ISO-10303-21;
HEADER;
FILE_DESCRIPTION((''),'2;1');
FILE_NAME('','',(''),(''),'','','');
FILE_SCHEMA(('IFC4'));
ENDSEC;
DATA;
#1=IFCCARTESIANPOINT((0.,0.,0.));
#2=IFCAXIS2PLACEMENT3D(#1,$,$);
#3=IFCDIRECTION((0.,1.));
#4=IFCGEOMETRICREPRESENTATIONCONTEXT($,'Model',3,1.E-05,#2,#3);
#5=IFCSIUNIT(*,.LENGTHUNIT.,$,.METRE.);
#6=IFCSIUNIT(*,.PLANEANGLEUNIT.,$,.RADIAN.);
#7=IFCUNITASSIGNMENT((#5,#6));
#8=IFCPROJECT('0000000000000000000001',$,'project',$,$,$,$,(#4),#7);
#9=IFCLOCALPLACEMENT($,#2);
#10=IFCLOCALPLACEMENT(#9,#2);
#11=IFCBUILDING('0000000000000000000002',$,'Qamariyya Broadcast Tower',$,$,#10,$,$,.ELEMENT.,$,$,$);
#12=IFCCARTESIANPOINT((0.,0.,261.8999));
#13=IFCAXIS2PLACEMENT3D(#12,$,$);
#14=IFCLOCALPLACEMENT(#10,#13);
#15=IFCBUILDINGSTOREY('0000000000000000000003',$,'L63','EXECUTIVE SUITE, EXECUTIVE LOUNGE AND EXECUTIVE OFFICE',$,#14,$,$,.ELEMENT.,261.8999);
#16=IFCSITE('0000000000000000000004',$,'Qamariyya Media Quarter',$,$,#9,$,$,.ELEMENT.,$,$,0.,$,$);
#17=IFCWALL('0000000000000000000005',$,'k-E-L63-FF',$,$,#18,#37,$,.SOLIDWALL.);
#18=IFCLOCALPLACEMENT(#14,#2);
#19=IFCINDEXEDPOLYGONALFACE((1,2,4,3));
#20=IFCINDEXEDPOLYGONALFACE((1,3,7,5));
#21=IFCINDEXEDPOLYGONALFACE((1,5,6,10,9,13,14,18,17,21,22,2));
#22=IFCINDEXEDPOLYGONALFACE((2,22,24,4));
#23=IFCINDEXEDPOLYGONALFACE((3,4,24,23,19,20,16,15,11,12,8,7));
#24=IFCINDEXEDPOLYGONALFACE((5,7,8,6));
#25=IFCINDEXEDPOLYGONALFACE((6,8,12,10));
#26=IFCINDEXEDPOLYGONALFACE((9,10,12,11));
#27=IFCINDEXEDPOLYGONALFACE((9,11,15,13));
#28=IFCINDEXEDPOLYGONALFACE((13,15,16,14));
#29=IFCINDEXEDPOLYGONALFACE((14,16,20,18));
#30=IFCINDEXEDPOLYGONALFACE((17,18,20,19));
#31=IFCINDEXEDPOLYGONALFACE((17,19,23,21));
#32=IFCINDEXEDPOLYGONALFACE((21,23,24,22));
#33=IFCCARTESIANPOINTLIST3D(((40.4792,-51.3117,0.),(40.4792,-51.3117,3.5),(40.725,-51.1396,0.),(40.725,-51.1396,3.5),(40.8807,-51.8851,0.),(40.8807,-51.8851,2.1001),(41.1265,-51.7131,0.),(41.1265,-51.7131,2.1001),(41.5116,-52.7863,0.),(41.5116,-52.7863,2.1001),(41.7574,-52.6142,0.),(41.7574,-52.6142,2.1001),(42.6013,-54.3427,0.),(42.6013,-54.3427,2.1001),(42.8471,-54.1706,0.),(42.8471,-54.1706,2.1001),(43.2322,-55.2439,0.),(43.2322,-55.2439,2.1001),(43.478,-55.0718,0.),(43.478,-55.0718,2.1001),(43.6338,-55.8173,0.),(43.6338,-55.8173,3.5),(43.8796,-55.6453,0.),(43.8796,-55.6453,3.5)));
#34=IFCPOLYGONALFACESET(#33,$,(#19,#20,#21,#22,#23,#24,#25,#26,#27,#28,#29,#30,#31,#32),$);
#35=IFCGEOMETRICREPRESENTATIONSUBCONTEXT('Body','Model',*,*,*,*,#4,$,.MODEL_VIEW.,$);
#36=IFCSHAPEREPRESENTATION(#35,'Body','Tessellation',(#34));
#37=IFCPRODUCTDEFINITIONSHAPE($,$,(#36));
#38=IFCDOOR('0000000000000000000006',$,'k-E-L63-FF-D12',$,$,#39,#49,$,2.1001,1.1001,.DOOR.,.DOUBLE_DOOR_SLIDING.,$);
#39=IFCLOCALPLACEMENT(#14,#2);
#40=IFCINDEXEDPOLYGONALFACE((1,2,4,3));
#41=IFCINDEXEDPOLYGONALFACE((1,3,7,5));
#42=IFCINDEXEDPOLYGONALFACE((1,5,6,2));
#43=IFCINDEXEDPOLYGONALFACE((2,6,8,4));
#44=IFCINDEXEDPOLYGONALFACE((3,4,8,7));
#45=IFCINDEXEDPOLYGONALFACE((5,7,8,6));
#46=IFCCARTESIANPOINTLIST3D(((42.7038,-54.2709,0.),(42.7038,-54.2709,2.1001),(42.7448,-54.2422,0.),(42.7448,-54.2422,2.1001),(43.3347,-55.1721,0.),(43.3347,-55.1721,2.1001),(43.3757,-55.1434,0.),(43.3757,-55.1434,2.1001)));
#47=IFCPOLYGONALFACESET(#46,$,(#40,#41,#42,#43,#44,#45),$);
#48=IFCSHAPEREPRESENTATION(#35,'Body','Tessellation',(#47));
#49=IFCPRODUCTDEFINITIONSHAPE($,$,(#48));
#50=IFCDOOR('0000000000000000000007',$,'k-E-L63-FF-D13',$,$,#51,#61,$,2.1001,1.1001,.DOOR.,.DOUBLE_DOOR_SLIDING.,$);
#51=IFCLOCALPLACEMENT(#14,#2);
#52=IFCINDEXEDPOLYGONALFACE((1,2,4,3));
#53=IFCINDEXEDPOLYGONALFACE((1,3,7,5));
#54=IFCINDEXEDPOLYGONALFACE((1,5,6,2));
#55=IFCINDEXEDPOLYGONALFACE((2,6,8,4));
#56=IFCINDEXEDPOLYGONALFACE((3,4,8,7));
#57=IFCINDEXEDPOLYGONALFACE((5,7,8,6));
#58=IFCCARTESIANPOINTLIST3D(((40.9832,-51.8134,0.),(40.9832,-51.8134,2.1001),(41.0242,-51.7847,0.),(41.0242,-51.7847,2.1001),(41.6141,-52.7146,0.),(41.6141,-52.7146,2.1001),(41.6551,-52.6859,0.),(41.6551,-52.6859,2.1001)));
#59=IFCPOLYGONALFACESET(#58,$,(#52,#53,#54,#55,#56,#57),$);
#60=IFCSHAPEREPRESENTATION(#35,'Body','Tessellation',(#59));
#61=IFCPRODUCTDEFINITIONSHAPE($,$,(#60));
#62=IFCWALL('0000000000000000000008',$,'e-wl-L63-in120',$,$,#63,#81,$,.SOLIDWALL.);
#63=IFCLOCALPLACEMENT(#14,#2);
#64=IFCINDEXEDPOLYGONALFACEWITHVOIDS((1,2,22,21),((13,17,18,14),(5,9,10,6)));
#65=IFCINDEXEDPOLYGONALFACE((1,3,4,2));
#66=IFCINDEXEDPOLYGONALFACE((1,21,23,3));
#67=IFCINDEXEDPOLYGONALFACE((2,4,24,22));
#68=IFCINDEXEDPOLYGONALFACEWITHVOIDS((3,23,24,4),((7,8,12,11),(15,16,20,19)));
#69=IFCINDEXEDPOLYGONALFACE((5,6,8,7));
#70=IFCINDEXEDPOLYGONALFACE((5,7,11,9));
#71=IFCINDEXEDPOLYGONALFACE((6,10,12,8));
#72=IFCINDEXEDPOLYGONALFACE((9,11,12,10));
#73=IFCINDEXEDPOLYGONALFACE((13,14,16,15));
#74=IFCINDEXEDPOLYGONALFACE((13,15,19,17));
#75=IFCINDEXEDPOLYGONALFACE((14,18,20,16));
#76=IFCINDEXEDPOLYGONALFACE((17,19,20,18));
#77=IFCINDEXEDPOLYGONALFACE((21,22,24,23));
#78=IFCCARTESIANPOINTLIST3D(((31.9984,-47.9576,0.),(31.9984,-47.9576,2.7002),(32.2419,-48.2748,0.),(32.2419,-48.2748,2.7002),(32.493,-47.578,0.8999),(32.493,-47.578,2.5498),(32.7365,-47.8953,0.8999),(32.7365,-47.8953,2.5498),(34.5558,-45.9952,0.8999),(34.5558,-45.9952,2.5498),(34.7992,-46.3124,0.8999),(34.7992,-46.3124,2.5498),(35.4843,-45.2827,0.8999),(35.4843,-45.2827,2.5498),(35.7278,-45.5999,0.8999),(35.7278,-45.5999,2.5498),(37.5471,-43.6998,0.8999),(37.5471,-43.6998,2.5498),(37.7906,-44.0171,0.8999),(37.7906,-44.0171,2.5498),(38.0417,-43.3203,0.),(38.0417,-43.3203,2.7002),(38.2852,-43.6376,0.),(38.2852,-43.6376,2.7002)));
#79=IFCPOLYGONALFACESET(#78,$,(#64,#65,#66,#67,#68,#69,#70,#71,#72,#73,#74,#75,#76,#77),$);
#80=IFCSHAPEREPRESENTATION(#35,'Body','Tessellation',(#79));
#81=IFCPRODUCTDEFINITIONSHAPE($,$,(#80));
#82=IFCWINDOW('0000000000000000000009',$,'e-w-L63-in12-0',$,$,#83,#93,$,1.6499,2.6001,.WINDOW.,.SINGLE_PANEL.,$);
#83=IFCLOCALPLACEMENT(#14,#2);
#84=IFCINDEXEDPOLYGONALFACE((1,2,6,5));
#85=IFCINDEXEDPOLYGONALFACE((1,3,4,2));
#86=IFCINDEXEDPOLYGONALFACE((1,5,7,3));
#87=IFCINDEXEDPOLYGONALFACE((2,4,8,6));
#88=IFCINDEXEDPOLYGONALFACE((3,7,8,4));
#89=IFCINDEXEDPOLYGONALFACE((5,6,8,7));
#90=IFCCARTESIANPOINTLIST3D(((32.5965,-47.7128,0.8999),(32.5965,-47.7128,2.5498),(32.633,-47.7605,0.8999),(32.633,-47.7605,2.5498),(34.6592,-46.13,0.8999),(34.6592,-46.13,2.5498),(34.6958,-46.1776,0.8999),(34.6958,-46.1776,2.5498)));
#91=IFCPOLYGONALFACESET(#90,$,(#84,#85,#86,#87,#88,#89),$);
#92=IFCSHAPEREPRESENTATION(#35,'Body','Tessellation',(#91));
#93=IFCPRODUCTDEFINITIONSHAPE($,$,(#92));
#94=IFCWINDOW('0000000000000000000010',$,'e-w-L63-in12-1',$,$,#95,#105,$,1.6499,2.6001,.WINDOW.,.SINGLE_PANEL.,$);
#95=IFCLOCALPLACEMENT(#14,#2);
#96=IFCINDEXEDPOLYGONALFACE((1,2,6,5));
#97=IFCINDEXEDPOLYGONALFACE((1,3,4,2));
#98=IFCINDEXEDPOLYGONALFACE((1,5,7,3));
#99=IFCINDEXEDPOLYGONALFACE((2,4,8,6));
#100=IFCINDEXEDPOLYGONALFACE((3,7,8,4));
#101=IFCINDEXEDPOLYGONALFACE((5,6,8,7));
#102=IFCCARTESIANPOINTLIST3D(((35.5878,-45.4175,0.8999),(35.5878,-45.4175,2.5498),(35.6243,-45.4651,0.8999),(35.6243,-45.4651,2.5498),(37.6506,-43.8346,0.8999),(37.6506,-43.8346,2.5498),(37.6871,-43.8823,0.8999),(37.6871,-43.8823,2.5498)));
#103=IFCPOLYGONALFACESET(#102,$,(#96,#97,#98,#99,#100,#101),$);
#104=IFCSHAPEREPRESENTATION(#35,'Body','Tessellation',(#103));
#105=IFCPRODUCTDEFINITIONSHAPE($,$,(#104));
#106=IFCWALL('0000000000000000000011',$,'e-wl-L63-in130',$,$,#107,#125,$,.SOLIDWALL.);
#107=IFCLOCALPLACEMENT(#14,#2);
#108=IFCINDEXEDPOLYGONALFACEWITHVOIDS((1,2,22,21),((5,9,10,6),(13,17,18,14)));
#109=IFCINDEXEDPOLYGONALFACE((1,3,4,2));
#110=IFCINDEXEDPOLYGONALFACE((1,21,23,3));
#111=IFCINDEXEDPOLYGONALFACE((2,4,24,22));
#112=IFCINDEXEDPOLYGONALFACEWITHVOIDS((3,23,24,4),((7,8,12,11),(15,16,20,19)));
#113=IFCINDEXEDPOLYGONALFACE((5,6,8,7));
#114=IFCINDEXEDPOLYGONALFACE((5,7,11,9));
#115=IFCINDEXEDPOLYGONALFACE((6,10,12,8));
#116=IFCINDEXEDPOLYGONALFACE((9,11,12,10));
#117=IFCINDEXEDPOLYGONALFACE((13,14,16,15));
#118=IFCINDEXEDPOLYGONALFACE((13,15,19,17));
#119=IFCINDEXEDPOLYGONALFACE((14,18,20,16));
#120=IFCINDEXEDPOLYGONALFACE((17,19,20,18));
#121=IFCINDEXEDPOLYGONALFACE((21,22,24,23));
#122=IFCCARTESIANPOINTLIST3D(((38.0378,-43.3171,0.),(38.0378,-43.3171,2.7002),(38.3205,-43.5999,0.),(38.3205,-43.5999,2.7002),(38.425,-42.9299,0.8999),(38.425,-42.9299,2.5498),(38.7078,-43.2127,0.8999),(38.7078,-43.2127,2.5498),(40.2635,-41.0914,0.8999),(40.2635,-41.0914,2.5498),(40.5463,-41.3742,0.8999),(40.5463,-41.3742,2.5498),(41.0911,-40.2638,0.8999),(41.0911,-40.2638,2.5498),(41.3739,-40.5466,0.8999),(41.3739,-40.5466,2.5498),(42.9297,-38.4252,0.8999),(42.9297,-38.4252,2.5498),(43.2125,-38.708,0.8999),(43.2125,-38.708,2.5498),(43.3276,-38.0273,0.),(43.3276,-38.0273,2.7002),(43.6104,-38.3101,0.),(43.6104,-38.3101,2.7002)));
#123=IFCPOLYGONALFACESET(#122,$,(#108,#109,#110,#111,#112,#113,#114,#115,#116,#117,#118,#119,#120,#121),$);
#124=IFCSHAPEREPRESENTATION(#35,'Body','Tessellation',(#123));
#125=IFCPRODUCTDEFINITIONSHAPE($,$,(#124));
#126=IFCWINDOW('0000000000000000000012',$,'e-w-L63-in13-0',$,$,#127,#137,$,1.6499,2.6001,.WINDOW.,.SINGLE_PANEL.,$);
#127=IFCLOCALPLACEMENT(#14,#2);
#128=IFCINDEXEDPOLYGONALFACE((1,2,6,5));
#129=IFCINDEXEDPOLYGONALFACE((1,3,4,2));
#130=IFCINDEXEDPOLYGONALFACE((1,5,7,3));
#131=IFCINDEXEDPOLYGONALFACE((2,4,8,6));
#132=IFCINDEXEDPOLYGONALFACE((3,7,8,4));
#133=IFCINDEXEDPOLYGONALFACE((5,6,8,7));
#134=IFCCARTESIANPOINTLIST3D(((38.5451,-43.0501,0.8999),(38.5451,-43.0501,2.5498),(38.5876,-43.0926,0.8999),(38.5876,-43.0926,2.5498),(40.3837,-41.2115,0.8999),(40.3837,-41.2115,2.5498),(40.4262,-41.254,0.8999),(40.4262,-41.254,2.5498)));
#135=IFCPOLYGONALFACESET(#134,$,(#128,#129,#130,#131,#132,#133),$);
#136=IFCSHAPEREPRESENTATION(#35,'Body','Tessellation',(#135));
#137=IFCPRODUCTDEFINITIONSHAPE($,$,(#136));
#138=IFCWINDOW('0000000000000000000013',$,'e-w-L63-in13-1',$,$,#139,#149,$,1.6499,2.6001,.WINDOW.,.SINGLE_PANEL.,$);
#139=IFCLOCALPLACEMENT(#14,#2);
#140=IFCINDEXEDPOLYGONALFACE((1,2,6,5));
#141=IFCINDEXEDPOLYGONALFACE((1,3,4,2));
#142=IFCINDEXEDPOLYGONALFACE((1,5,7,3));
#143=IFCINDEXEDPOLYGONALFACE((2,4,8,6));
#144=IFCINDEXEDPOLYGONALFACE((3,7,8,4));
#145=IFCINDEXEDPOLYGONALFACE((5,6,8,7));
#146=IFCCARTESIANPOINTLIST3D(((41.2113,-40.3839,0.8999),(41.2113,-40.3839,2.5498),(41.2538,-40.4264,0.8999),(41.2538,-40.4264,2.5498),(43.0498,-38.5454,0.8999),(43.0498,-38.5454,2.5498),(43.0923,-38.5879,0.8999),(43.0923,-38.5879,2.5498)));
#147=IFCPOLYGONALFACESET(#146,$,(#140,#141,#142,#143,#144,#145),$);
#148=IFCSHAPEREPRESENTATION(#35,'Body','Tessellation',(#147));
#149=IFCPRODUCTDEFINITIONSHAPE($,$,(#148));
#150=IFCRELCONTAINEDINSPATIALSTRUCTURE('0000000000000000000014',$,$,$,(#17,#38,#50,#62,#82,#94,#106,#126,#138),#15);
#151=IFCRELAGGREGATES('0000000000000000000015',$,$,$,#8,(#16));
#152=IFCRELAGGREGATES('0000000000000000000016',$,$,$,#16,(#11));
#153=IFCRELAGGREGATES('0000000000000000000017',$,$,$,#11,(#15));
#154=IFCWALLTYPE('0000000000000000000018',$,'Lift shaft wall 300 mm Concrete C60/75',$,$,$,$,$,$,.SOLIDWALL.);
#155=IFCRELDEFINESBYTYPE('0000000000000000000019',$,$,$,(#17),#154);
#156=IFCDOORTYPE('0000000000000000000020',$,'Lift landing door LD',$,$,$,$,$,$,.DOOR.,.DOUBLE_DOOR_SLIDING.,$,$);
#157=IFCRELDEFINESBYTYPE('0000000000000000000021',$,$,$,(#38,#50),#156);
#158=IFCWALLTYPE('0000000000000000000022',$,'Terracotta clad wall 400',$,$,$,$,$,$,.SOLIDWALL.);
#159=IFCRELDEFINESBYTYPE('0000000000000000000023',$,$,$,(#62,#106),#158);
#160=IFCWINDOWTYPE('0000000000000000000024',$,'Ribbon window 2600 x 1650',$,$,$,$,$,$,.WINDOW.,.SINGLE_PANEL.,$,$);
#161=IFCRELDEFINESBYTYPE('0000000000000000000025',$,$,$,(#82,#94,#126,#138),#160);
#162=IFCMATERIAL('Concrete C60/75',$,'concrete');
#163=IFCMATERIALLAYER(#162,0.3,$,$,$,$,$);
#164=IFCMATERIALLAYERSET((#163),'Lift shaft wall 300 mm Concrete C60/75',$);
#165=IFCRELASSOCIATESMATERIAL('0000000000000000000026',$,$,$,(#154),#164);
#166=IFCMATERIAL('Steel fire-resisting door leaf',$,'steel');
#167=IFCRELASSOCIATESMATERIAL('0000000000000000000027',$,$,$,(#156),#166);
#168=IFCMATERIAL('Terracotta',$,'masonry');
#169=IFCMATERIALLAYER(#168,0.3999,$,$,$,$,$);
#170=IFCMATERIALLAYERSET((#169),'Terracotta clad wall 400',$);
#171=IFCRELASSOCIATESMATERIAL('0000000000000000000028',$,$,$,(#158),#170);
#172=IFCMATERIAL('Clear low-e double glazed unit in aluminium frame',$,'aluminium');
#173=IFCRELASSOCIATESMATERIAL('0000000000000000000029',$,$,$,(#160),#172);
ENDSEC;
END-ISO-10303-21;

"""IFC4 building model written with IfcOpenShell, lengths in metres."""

from ifc_helpers import new_model, si_unit, direction, frame, frame_2d, origin, place, context, subcontext, project, spatial, rectangle, extrude, material, layer, layer_set, type_object, element, fill, save


model = new_model("IFC4")

# Units and contexts
model_context = context("Model", 3, precision=1e-05, world=origin(), true_north=direction((0.0, 1.0)))
body_context = subcontext(model_context, "Body", "Model", "MODEL_VIEW")
ifc_project = project(units=[si_unit("LENGTHUNIT", "METRE"), si_unit("PLANEANGLEUNIT", "RADIAN")], contexts=[model_context])

# Site, building, storey
site_placement = place(None, origin())
site = spatial("IfcSite", under=ifc_project, at=site_placement, Name="Qamariyya Media Quarter", CompositionType="ELEMENT", RefElevation=0.0)
building_placement = place(site_placement, origin())
building = spatial("IfcBuilding", under=site, at=building_placement, Name="Qamariyya Broadcast Tower", CompositionType="ELEMENT")
storey_placement = place(building_placement, frame((0.0, 0.0, 261.8999)))
storey = spatial("IfcBuildingStorey", under=building, at=storey_placement, Name="L63", Description="EXECUTIVE SUITE, EXECUTIVE LOUNGE AND EXECUTIVE OFFICE", CompositionType="ELEMENT", Elevation=261.8999)

# Shared definitions
ifc_material_1 = material(Name="Concrete C60/75", Category="concrete")

# Shared definitions
ifc_layer_1 = layer(ifc_material_1, 0.3)
ifc_layer_set_1 = layer_set([ifc_layer_1], Name="Lift shaft wall 300 mm Concrete C60/75")
wall_type_1 = type_object("IfcWallType", Name="Lift shaft wall 300 mm Concrete C60/75", PredefinedType="SOLIDWALL", material=ifc_layer_set_1)
ifc_material_2 = material(Name="Steel fire-resisting door leaf", Category="steel")

# Wall, openings, doors
wall_1_placement = place(storey_placement, frame((43.7566, -55.7312, 0.0), z_axis=(0.0, 0.0, 1.0), x_axis=(-0.573537, 0.81918, 0.0)))
wall_1 = element("IfcWall", 1, at=wall_1_placement, inside=storey, type_object=wall_type_1, Name="k-E-L63-FF", PredefinedType="SOLIDWALL", context=body_context, shape_type="SweptSolid", body=[
    extrude(rectangle(XDim=5.5002, YDim=0.3, at=frame_2d((2.75, 0.0))), origin(), (0.0, 0.0, 1.0), 3.5),
])
opening_1_placement = place(wall_1_placement, frame((0.7, 0.0, 0.0)))
opening_1 = element("IfcOpeningElement", 2, at=opening_1_placement, cuts=wall_1, PredefinedType="OPENING", context=body_context, shape_type="SweptSolid", body=[
    extrude(rectangle(XDim=1.1001, YDim=2.1001, at=frame_2d((0.55, 1.05))), frame((0.0, 0.1599, 0.0), z_axis=(0.0, -1.0, 0.0), x_axis=(1.0, 0.0, 0.0)), (0.0, 0.0, 1.0), 0.3201),
])
opening_2_placement = place(wall_1_placement, frame((3.7, 0.0, 0.0)))
opening_2 = element("IfcOpeningElement", 3, at=opening_2_placement, cuts=wall_1, PredefinedType="OPENING", context=body_context, shape_type="SweptSolid", body=[
    extrude(rectangle(XDim=1.1001, YDim=2.1001, at=frame_2d((0.55, 1.05))), frame((0.0, 0.1599, 0.0), z_axis=(0.0, -1.0, 0.0), x_axis=(1.0, 0.0, 0.0)), (0.0, 0.0, 1.0), 0.3201),
])
door_type_1 = type_object("IfcDoorType", Name="Lift landing door LD", OperationType="DOUBLE_DOOR_SLIDING", PredefinedType="DOOR", material=ifc_material_2)
door_1_placement = place(opening_1_placement, origin())
door_1 = element("IfcDoor", 4, at=door_1_placement, inside=storey, type_object=door_type_1, Name="k-E-L63-FF-D12", OperationType="DOUBLE_DOOR_SLIDING", OverallHeight=2.1001, OverallWidth=1.1001, PredefinedType="DOOR", context=body_context, shape_type="SweptSolid", body=[
    extrude(rectangle(XDim=1.1001, YDim=2.1001, at=frame_2d((0.55, 1.05))), frame((0.0, 0.0249, 0.0), z_axis=(0.0, -1.0, 0.0), x_axis=(1.0, 0.0, 0.0)), (0.0, 0.0, 1.0), 0.05),
])
fill(opening_1, door_1)
door_2_placement = place(opening_2_placement, origin())
door_2 = element("IfcDoor", 5, at=door_2_placement, inside=storey, type_object=door_type_1, Name="k-E-L63-FF-D13", OperationType="DOUBLE_DOOR_SLIDING", OverallHeight=2.1001, OverallWidth=1.1001, PredefinedType="DOOR", context=body_context, shape_type="SweptSolid", body=[
    extrude(rectangle(XDim=1.1001, YDim=2.1001, at=frame_2d((0.55, 1.05))), frame((0.0, 0.0249, 0.0), z_axis=(0.0, -1.0, 0.0), x_axis=(1.0, 0.0, 0.0)), (0.0, 0.0, 1.0), 0.05),
])
fill(opening_2, door_2)

# Walls, openings, windows
ifc_material_3 = material(Name="Terracotta", Category="masonry")
ifc_layer_2 = layer(ifc_material_3, 0.3999)
ifc_layer_set_2 = layer_set([ifc_layer_2], Name="Terracotta clad wall 400")
wall_type_2 = type_object("IfcWallType", Name="Terracotta clad wall 400", PredefinedType="SOLIDWALL", material=ifc_layer_set_2)
wall_2_placement = place(storey_placement, frame((38.1633, -43.479, 0.0), z_axis=(0.0, 0.0, 1.0), x_axis=(-0.793348, -0.608769, 0.0)))
wall_2 = element("IfcWall", 6, at=wall_2_placement, inside=storey, type_object=wall_type_2, Name="e-wl-L63-in120", PredefinedType="SOLIDWALL", context=body_context, shape_type="SweptSolid", body=[
    extrude(rectangle(XDim=7.6174, YDim=0.3999, at=frame_2d((3.8086, 0.0))), origin(), (0.0, 0.0, 1.0), 2.7002),
])
opening_3_placement = place(wall_2_placement, frame((4.3938, 0.0, 0.8999)))
opening_3 = element("IfcOpeningElement", 7, at=opening_3_placement, cuts=wall_2, PredefinedType="OPENING", context=body_context, shape_type="SweptSolid", body=[
    extrude(rectangle(XDim=2.6001, YDim=1.6499, at=frame_2d((1.3, 0.825))), frame((0.0, 0.21, 0.0), z_axis=(0.0, -1.0, 0.0), x_axis=(1.0, 0.0, 0.0)), (0.0, 0.0, 1.0), 0.4199),
])
opening_4_placement = place(wall_2_placement, frame((0.6233, 0.0, 0.8999)))
opening_4 = element("IfcOpeningElement", 8, at=opening_4_placement, cuts=wall_2, PredefinedType="OPENING", context=body_context, shape_type="SweptSolid", body=[
    extrude(rectangle(XDim=2.6001, YDim=1.6499, at=frame_2d((1.3, 0.825))), frame((0.0, 0.21, 0.0), z_axis=(0.0, -1.0, 0.0), x_axis=(1.0, 0.0, 0.0)), (0.0, 0.0, 1.0), 0.4199),
])
ifc_material_4 = material(Name="Clear low-e double glazed unit in aluminium frame", Category="aluminium")
window_type = type_object("IfcWindowType", Name="Ribbon window 2600 x 1650", PartitioningType="SINGLE_PANEL", PredefinedType="WINDOW", material=ifc_material_4)
window_1_placement = place(opening_3_placement, origin())
window_1 = element("IfcWindow", 9, at=window_1_placement, inside=storey, type_object=window_type, Name="e-w-L63-in12-0", OverallHeight=1.6499, OverallWidth=2.6001, PartitioningType="SINGLE_PANEL", PredefinedType="WINDOW", context=body_context, shape_type="SweptSolid", body=[
    extrude(rectangle(XDim=2.6001, YDim=1.6499, at=frame_2d((1.3, 0.825))), frame((0.0, 0.03, 0.0), z_axis=(0.0, -1.0, 0.0), x_axis=(1.0, 0.0, 0.0)), (0.0, 0.0, 1.0), 0.0601),
])
fill(opening_3, window_1)
window_2_placement = place(opening_4_placement, origin())
window_2 = element("IfcWindow", 10, at=window_2_placement, inside=storey, type_object=window_type, Name="e-w-L63-in12-1", OverallHeight=1.6499, OverallWidth=2.6001, PartitioningType="SINGLE_PANEL", PredefinedType="WINDOW", context=body_context, shape_type="SweptSolid", body=[
    extrude(rectangle(XDim=2.6001, YDim=1.6499, at=frame_2d((1.3, 0.825))), frame((0.0, 0.03, 0.0), z_axis=(0.0, -1.0, 0.0), x_axis=(1.0, 0.0, 0.0)), (0.0, 0.0, 1.0), 0.0601),
])
fill(opening_4, window_2)
wall_3_placement = place(storey_placement, frame((43.469, -38.1687, 0.0), z_axis=(0.0, 0.0, 1.0), x_axis=(-0.707107, -0.707107, 0.0)))
wall_3 = element("IfcWall", 11, at=wall_3_placement, inside=storey, type_object=wall_type_2, Name="e-wl-L63-in130", PredefinedType="SOLIDWALL", context=body_context, shape_type="SweptSolid", body=[
    extrude(rectangle(XDim=7.481, YDim=0.3999, at=frame_2d((3.7405, 0.0))), origin(), (0.0, 0.0, 1.0), 2.7002),
])
opening_5_placement = place(wall_3_placement, frame((4.3333, 0.0, 0.8999)))
opening_5 = element("IfcOpeningElement", 12, at=opening_5_placement, cuts=wall_3, PredefinedType="OPENING", context=body_context, shape_type="SweptSolid", body=[
    extrude(rectangle(XDim=2.6001, YDim=1.6499, at=frame_2d((1.3, 0.825))), frame((0.0, 0.21, 0.0), z_axis=(0.0, -1.0, 0.0), x_axis=(1.0, 0.0, 0.0)), (0.0, 0.0, 1.0), 0.4199),
])
opening_6_placement = place(wall_3_placement, frame((0.5627, 0.0, 0.8999)))
opening_6 = element("IfcOpeningElement", 13, at=opening_6_placement, cuts=wall_3, PredefinedType="OPENING", context=body_context, shape_type="SweptSolid", body=[
    extrude(rectangle(XDim=2.6001, YDim=1.6499, at=frame_2d((1.3, 0.825))), frame((0.0, 0.21, 0.0), z_axis=(0.0, -1.0, 0.0), x_axis=(1.0, 0.0, 0.0)), (0.0, 0.0, 1.0), 0.4199),
])
window_3_placement = place(opening_5_placement, origin())
window_3 = element("IfcWindow", 14, at=window_3_placement, inside=storey, type_object=window_type, Name="e-w-L63-in13-0", OverallHeight=1.6499, OverallWidth=2.6001, PartitioningType="SINGLE_PANEL", PredefinedType="WINDOW", context=body_context, shape_type="SweptSolid", body=[
    extrude(rectangle(XDim=2.6001, YDim=1.6499, at=frame_2d((1.3, 0.825))), frame((0.0, 0.03, 0.0), z_axis=(0.0, -1.0, 0.0), x_axis=(1.0, 0.0, 0.0)), (0.0, 0.0, 1.0), 0.0601),
])
fill(opening_5, window_3)
window_4_placement = place(opening_6_placement, origin())
window_4 = element("IfcWindow", 15, at=window_4_placement, inside=storey, type_object=window_type, Name="e-w-L63-in13-1", OverallHeight=1.6499, OverallWidth=2.6001, PartitioningType="SINGLE_PANEL", PredefinedType="WINDOW", context=body_context, shape_type="SweptSolid", body=[
    extrude(rectangle(XDim=2.6001, YDim=1.6499, at=frame_2d((1.3, 0.825))), frame((0.0, 0.03, 0.0), z_axis=(0.0, -1.0, 0.0), x_axis=(1.0, 0.0, 0.0)), (0.0, 0.0, 1.0), 0.0601),
])
fill(opening_6, window_4)

save(model, "model.ifc")
